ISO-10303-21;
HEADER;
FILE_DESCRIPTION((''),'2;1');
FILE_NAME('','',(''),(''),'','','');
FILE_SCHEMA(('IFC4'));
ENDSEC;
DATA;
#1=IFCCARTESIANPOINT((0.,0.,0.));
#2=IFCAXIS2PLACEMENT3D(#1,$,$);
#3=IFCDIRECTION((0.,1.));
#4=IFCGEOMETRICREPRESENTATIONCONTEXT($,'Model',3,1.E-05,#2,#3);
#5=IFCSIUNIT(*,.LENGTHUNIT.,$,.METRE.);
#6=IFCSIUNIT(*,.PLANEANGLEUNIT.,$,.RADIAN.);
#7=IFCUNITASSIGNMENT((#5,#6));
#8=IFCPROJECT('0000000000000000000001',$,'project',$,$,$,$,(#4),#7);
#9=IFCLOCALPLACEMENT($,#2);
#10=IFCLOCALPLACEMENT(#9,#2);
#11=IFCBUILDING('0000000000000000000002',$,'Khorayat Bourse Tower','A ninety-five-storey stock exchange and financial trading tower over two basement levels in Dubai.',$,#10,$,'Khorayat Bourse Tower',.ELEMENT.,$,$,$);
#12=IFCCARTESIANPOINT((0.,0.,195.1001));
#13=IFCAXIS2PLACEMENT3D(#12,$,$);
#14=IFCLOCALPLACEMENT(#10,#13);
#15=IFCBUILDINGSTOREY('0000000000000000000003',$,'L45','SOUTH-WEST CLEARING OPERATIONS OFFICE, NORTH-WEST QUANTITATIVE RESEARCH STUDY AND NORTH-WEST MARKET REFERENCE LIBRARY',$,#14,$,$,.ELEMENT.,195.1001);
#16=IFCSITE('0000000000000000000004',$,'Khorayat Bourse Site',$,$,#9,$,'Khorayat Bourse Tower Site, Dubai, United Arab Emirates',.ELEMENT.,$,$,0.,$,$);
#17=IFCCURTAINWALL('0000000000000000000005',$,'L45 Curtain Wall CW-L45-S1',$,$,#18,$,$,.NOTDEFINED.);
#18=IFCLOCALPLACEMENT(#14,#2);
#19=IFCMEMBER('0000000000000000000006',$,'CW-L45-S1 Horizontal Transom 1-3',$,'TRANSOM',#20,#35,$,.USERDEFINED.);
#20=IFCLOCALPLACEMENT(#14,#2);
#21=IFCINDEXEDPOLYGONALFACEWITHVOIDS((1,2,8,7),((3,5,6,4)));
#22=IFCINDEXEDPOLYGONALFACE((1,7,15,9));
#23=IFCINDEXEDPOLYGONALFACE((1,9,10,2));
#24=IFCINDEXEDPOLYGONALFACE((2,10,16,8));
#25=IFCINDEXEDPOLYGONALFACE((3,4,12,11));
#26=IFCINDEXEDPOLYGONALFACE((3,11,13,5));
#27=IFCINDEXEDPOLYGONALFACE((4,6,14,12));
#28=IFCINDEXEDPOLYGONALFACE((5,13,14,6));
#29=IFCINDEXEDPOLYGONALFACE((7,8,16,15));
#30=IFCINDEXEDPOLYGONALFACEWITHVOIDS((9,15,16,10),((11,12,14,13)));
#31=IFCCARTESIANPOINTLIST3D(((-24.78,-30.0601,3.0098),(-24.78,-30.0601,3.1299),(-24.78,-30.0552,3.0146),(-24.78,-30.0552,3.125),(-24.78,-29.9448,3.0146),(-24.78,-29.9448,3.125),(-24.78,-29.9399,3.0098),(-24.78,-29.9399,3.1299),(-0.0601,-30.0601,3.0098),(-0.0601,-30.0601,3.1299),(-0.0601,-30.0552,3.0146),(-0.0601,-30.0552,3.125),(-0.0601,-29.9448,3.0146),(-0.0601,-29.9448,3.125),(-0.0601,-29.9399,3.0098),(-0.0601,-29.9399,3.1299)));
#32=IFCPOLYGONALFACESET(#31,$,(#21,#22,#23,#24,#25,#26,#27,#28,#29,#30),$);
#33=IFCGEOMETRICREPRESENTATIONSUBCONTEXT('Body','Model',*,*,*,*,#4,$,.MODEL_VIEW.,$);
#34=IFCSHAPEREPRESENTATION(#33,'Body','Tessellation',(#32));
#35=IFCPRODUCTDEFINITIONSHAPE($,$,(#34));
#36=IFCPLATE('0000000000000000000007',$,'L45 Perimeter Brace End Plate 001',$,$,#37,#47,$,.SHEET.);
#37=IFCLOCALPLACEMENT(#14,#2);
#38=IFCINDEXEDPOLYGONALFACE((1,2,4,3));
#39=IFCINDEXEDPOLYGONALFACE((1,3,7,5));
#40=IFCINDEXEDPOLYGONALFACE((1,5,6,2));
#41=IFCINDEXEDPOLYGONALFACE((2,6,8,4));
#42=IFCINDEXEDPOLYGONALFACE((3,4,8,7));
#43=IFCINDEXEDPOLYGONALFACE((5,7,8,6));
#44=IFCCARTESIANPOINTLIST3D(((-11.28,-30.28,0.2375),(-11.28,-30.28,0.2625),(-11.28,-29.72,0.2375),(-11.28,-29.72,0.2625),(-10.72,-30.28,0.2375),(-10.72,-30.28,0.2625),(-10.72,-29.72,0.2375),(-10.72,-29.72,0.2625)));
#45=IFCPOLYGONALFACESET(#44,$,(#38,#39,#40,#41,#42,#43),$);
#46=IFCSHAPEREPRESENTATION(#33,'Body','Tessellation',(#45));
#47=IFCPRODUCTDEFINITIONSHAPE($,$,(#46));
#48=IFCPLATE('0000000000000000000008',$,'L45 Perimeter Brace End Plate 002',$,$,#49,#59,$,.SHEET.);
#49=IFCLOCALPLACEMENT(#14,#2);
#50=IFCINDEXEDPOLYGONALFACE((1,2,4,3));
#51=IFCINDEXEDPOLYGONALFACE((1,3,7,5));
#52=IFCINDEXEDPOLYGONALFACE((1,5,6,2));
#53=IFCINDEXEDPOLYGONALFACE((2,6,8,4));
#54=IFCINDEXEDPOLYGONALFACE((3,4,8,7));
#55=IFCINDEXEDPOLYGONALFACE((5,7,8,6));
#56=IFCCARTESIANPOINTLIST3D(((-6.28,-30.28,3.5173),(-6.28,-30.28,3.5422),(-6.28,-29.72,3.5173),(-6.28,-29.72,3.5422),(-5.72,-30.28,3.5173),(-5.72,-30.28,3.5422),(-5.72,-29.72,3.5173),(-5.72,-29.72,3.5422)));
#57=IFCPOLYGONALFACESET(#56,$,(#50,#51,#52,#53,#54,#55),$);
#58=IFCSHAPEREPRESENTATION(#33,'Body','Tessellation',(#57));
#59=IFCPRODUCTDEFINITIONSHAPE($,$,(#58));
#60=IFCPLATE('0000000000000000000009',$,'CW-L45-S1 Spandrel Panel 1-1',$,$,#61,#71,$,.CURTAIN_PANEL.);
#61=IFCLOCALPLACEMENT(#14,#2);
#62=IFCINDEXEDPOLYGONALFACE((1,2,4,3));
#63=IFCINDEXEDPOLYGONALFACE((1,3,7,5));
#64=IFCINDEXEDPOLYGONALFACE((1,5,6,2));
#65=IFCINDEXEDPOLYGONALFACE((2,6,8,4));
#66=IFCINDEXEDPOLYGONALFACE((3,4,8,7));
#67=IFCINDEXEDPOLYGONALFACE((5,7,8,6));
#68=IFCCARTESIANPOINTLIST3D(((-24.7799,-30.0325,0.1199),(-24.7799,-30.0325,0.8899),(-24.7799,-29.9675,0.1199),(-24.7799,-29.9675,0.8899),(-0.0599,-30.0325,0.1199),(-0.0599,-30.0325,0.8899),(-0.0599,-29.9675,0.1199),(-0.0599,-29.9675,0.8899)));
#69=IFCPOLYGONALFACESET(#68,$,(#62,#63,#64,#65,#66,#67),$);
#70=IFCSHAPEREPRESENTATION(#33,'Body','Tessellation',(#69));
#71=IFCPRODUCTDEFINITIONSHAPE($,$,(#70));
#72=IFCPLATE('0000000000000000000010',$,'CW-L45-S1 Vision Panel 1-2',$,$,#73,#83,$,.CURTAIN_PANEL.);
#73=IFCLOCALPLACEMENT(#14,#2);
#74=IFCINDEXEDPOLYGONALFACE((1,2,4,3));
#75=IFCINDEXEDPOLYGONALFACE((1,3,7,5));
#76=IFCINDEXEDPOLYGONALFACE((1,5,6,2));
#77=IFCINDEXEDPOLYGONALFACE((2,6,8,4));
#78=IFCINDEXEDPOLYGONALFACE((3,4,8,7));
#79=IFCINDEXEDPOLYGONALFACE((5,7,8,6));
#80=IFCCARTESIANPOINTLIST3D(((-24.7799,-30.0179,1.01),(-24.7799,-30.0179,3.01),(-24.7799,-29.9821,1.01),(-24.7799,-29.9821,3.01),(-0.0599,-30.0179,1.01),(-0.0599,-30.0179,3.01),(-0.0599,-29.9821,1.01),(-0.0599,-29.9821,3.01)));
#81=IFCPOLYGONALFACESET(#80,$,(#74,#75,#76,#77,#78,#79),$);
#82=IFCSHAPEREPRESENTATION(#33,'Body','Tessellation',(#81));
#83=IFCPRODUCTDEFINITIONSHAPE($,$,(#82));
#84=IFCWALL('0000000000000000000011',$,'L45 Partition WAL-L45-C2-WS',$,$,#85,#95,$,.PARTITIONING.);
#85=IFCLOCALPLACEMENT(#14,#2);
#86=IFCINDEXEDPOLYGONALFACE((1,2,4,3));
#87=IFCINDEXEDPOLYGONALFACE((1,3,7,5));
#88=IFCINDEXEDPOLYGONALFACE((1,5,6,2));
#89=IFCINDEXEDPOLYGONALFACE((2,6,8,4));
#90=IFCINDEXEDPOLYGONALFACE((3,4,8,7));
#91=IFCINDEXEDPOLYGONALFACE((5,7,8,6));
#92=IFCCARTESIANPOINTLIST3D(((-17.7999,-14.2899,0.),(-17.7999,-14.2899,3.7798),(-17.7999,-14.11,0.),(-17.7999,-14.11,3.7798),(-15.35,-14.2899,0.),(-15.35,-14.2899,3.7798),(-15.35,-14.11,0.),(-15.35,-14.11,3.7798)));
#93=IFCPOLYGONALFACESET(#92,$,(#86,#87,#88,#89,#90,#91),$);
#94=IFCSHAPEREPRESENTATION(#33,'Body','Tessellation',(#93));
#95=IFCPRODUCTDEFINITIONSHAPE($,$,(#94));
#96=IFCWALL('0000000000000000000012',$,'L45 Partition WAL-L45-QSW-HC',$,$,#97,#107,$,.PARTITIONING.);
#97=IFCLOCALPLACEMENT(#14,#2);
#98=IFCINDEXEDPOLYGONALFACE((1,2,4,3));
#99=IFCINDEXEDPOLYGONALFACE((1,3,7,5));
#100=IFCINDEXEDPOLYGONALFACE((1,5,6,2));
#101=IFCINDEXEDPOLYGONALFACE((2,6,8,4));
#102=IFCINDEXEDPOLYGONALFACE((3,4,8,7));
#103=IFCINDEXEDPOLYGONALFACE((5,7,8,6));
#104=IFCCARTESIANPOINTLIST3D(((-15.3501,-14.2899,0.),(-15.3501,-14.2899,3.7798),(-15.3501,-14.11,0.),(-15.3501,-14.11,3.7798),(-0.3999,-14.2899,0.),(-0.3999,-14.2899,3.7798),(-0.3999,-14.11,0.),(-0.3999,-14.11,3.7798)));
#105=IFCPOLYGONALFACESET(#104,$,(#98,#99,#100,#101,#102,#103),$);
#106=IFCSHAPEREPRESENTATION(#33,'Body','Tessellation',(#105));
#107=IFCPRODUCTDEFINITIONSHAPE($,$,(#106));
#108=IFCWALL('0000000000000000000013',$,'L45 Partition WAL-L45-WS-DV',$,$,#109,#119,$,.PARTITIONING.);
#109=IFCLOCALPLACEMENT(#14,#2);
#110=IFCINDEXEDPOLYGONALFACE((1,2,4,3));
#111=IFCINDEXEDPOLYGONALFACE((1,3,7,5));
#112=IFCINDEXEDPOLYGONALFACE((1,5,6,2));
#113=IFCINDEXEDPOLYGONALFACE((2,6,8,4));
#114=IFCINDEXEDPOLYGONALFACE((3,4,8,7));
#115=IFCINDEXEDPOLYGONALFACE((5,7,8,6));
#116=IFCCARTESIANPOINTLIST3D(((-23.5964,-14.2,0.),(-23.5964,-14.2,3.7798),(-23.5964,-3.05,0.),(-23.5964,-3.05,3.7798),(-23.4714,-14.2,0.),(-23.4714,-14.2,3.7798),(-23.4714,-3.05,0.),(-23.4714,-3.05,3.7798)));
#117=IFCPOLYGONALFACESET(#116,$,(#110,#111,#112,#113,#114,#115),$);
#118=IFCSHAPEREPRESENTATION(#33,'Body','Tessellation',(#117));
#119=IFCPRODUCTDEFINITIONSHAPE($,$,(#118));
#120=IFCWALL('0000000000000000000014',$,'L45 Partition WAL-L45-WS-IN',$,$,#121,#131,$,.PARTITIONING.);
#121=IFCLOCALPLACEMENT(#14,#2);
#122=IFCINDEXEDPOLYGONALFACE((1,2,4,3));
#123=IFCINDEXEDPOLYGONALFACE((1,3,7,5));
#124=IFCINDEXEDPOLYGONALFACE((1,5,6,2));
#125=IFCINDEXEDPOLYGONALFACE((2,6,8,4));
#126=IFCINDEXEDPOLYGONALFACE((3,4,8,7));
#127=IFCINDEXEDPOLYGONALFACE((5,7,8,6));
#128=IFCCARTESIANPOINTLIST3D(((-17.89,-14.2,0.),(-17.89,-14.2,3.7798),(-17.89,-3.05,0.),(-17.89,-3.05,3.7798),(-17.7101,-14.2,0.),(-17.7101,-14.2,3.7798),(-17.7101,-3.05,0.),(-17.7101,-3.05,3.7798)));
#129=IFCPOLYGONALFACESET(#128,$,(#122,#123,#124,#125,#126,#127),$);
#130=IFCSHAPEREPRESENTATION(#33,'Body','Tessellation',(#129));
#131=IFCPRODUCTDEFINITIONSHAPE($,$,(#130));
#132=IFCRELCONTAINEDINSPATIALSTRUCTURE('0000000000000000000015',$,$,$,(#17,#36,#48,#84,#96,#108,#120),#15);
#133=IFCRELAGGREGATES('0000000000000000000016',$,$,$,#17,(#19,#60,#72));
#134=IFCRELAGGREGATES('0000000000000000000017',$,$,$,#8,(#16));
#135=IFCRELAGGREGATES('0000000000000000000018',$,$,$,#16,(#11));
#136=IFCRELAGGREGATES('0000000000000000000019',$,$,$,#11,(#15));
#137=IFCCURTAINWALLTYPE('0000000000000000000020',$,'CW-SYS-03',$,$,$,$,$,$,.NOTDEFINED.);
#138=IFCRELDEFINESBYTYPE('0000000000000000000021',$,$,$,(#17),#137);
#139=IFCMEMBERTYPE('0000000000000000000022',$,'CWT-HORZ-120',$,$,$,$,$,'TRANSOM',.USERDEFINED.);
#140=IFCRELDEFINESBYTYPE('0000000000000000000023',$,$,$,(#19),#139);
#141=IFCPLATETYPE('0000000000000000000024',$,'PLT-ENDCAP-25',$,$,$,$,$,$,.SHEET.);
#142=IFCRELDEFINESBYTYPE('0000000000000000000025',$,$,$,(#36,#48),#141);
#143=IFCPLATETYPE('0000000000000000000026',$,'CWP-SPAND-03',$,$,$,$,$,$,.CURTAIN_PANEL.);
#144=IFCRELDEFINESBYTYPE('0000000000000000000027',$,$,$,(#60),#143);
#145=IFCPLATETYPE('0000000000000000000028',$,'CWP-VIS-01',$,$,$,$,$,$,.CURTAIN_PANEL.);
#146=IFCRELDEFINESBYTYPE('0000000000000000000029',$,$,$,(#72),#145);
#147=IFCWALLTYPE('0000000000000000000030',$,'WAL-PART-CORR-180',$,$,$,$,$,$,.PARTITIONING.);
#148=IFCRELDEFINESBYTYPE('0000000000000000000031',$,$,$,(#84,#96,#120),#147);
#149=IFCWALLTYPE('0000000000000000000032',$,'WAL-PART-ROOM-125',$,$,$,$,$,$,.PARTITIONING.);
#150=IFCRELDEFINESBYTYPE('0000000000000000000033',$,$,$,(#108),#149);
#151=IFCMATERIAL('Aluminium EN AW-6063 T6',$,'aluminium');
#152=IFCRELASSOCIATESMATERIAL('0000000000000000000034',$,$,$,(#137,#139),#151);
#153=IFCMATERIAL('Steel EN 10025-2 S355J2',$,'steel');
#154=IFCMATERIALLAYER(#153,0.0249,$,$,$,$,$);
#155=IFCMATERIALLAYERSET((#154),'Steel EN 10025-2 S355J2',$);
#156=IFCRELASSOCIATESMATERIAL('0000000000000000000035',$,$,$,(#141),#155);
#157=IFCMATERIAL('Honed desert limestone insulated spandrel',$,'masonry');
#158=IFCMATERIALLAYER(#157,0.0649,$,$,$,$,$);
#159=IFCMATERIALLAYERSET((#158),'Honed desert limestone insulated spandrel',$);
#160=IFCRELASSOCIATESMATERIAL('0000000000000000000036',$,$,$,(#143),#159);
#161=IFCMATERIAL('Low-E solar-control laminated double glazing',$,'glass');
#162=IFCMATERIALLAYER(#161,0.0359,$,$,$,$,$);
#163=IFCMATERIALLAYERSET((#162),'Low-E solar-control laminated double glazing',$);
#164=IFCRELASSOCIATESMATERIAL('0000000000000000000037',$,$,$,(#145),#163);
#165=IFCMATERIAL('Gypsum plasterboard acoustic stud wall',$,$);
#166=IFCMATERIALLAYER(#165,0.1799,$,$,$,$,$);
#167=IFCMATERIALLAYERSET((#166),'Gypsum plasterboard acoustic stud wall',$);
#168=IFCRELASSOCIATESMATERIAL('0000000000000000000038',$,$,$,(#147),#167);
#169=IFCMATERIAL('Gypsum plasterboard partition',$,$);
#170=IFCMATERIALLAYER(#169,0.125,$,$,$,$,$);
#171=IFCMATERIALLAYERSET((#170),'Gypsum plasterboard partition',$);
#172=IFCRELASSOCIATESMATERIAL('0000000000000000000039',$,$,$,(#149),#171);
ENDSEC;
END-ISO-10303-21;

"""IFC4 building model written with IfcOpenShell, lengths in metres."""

from ifc_helpers import new_model, si_unit, direction, frame, frame_2d, origin, origin_2d, place, context, subcontext, project, spatial, rectangle, hollow_rectangle, extrude, source, transform, mapped, material, layer, layer_set, material_profile, profile_set, type_object, element, aggregate, save


model = new_model("IFC4")

# Units and contexts
model_context = context("Model", 3, precision=1e-05, world=origin(), true_north=direction((0.0, 1.0)))
body_context = subcontext(model_context, "Body", "Model", "MODEL_VIEW")
ifc_project = project(units=[si_unit("LENGTHUNIT", "METRE"), si_unit("PLANEANGLEUNIT", "RADIAN")], contexts=[model_context])

# Site, building, storey
site_placement = place(None, origin())
site = spatial("IfcSite", under=ifc_project, at=site_placement, Name="Khorayat Bourse Site", LongName="Khorayat Bourse Tower Site, Dubai, United Arab Emirates", CompositionType="ELEMENT", RefElevation=0.0)
building_placement = place(site_placement, origin())
building = spatial("IfcBuilding", under=site, at=building_placement, Name="Khorayat Bourse Tower", Description="A ninety-five-storey stock exchange and financial trading tower over two basement levels in Dubai.", LongName="Khorayat Bourse Tower", CompositionType="ELEMENT")
storey_placement = place(building_placement, frame((0.0, 0.0, 195.1001)))
storey = spatial("IfcBuildingStorey", under=building, at=storey_placement, Name="L45", Description="SOUTH-WEST CLEARING OPERATIONS OFFICE, NORTH-WEST QUANTITATIVE RESEARCH STUDY AND NORTH-WEST MARKET REFERENCE LIBRARY", CompositionType="ELEMENT", Elevation=195.1001)

# Curtain wall, member
ifc_material_1 = material(Name="Aluminium EN AW-6063 T6", Category="aluminium")
curtain_wall_type = type_object("IfcCurtainWallType", Name="CW-SYS-03", PredefinedType="NOTDEFINED", material=ifc_material_1)
curtain_wall_placement = place(storey_placement, origin())
curtain_wall = element("IfcCurtainWall", 1, at=curtain_wall_placement, inside=storey, type_object=curtain_wall_type, Name="L45 Curtain Wall CW-L45-S1", PredefinedType="NOTDEFINED")
ifc_material_profile_1 = material_profile(ifc_material_1, hollow_rectangle(XDim=0.1201, YDim=0.1201, WallThickness=0.0049, at=origin_2d()), Name="ALU 120x120x5")
ifc_profile_set_1 = profile_set([ifc_material_profile_1], Name="Aluminium EN AW-6063 T6")
member_type_1 = type_object("IfcMemberType", Name="CWT-HORZ-120", ElementType="TRANSOM", PredefinedType="USERDEFINED", material=ifc_profile_set_1)
shared_shape_1 = source(origin(), body_context, "Body", "SweptSolid", [
    extrude(hollow_rectangle(XDim=0.1201, YDim=0.1201, WallThickness=0.0049, at=origin_2d()), origin(), (0.0, 0.0, 1.0), 24.72),
])
member_1_placement = place(storey_placement, frame((-24.78, -30.0, 3.0698), z_axis=(1.0, 0.0, 0.0), x_axis=(0.0, 1.0, 0.0)))
member_1 = element("IfcMember", 2, at=member_1_placement, type_object=member_type_1, Name="CW-L45-S1 Horizontal Transom 1-3", ObjectType="TRANSOM", PredefinedType="USERDEFINED", context=body_context, shape_type="MappedRepresentation", body=[
    mapped(shared_shape_1, transform((0.0, 0.0, 0.0), scale=1.0)),
])

# Plates
ifc_material_2 = material(Name="Steel EN 10025-2 S355J2", Category="steel")
ifc_layer_1 = layer(ifc_material_2, 0.0249)
ifc_layer_set_1 = layer_set([ifc_layer_1], Name="Steel EN 10025-2 S355J2")
plate_type_1 = type_object("IfcPlateType", Name="PLT-ENDCAP-25", PredefinedType="SHEET", material=ifc_layer_set_1)
shared_shape_2 = source(origin(), body_context, "Body", "SweptSolid", [
    extrude(rectangle(XDim=0.5601, YDim=0.5601, at=origin_2d()), origin(), (0.0, 0.0, 1.0), 0.0249),
])
for number, where, z_axis, x_axis, name in (
    (3, (-11.0, -30.0, 0.2375), (0.0, 0.0, 1.0), (1.0, 0.0, 0.0), "L45 Perimeter Brace End Plate 001"),
    (4, (-6.0, -30.0, 3.5173), (0.0, 0.0, 1.0), (1.0, 0.0, 0.0), "L45 Perimeter Brace End Plate 002"),
):
    element("IfcPlate", number, at=place(storey_placement, frame(where, z_axis=z_axis, x_axis=x_axis)), inside=storey, type_object=plate_type_1, Name=name, PredefinedType="SHEET", context=body_context, shape_type="MappedRepresentation", body=[
        mapped(shared_shape_2, transform((0.0, 0.0, 0.0), scale=1.0)),
    ])

# Plates
ifc_material_3 = material(Name="Honed desert limestone insulated spandrel", Category="masonry")
ifc_layer_2 = layer(ifc_material_3, 0.0649)
ifc_layer_set_2 = layer_set([ifc_layer_2], Name="Honed desert limestone insulated spandrel")
plate_type_2 = type_object("IfcPlateType", Name="CWP-SPAND-03", PredefinedType="CURTAIN_PANEL", material=ifc_layer_set_2)
shared_shape_3 = source(origin(), body_context, "Body", "SweptSolid", [
    extrude(rectangle(XDim=24.72, YDim=0.0649, at=origin_2d()), origin(), (0.0, 0.0, 1.0), 0.77),
])
plate_1_placement = place(storey_placement, frame((-12.4199, -30.0, 0.1199), z_axis=(0.0, 0.0, 1.0), x_axis=(1.0, 0.0, 0.0)))
plate_1 = element("IfcPlate", 5, at=plate_1_placement, type_object=plate_type_2, Name="CW-L45-S1 Spandrel Panel 1-1", PredefinedType="CURTAIN_PANEL", context=body_context, shape_type="MappedRepresentation", body=[
    mapped(shared_shape_3, transform((0.0, 0.0, 0.0), scale=1.0)),
])
ifc_material_4 = material(Name="Low-E solar-control laminated double glazing", Category="glass")
ifc_layer_3 = layer(ifc_material_4, 0.0359)
ifc_layer_set_3 = layer_set([ifc_layer_3], Name="Low-E solar-control laminated double glazing")
plate_type_3 = type_object("IfcPlateType", Name="CWP-VIS-01", PredefinedType="CURTAIN_PANEL", material=ifc_layer_set_3)
shared_shape_4 = source(origin(), body_context, "Body", "SweptSolid", [
    extrude(rectangle(XDim=24.72, YDim=0.0359, at=origin_2d()), origin(), (0.0, 0.0, 1.0), 2.0),
])
plate_2_placement = place(storey_placement, frame((-12.4199, -30.0, 1.01), z_axis=(0.0, 0.0, 1.0), x_axis=(1.0, 0.0, 0.0)))
plate_2 = element("IfcPlate", 6, at=plate_2_placement, type_object=plate_type_3, Name="CW-L45-S1 Vision Panel 1-2", PredefinedType="CURTAIN_PANEL", context=body_context, shape_type="MappedRepresentation", body=[
    mapped(shared_shape_4, transform((0.0, 0.0, 0.0), scale=1.0)),
])
aggregate(curtain_wall, [member_1, plate_1, plate_2])

# Walls
ifc_material_5 = material(Name="Gypsum plasterboard acoustic stud wall")
ifc_layer_4 = layer(ifc_material_5, 0.1799)
ifc_layer_set_4 = layer_set([ifc_layer_4], Name="Gypsum plasterboard acoustic stud wall")
wall_type_1 = type_object("IfcWallType", Name="WAL-PART-CORR-180", PredefinedType="PARTITIONING", material=ifc_layer_set_4)
shared_shape_5 = source(origin(), body_context, "Body", "SweptSolid", [
    extrude(rectangle(XDim=2.45, YDim=0.1799, at=frame_2d((1.2251, 0.0))), origin(), (0.0, 0.0, 1.0), 3.7798),
])
wall_1_placement = place(storey_placement, frame((-17.8, -14.2, 0.0), z_axis=(0.0, 0.0, 1.0), x_axis=(1.0, 0.0, 0.0)))
element("IfcWall", 7, at=wall_1_placement, inside=storey, type_object=wall_type_1, Name="L45 Partition WAL-L45-C2-WS", PredefinedType="PARTITIONING", context=body_context, shape_type="MappedRepresentation", body=[
    mapped(shared_shape_5, transform((0.0, 0.0, 0.0), scale=1.0)),
])
shared_shape_6 = source(origin(), body_context, "Body", "SweptSolid", [
    extrude(rectangle(XDim=14.9502, YDim=0.1799, at=frame_2d((7.4751, 0.0))), origin(), (0.0, 0.0, 1.0), 3.7798),
])
wall_2_placement = place(storey_placement, frame((-15.3501, -14.2, 0.0), z_axis=(0.0, 0.0, 1.0), x_axis=(1.0, 0.0, 0.0)))
element("IfcWall", 8, at=wall_2_placement, inside=storey, type_object=wall_type_1, Name="L45 Partition WAL-L45-QSW-HC", PredefinedType="PARTITIONING", context=body_context, shape_type="MappedRepresentation", body=[
    mapped(shared_shape_6, transform((0.0, 0.0, 0.0), scale=1.0)),
])
ifc_material_6 = material(Name="Gypsum plasterboard partition")
ifc_layer_5 = layer(ifc_material_6, 0.125)
ifc_layer_set_5 = layer_set([ifc_layer_5], Name="Gypsum plasterboard partition")
wall_type_2 = type_object("IfcWallType", Name="WAL-PART-ROOM-125", PredefinedType="PARTITIONING", material=ifc_layer_set_5)
shared_shape_7 = source(origin(), body_context, "Body", "SweptSolid", [
    extrude(rectangle(XDim=11.1499, YDim=0.125, at=frame_2d((5.575, 0.0))), origin(), (0.0, 0.0, 1.0), 3.7798),
])
wall_3_placement = place(storey_placement, frame((-23.5339, -14.2, 0.0), z_axis=(0.0, 0.0, 1.0), x_axis=(0.0, 1.0, 0.0)))
element("IfcWall", 9, at=wall_3_placement, inside=storey, type_object=wall_type_2, Name="L45 Partition WAL-L45-WS-DV", PredefinedType="PARTITIONING", context=body_context, shape_type="MappedRepresentation", body=[
    mapped(shared_shape_7, transform((0.0, 0.0, 0.0), scale=1.0)),
])
shared_shape_8 = source(origin(), body_context, "Body", "SweptSolid", [
    extrude(rectangle(XDim=11.1499, YDim=0.1799, at=frame_2d((5.575, 0.0))), origin(), (0.0, 0.0, 1.0), 3.7798),
])
wall_4_placement = place(storey_placement, frame((-17.8, -14.2, 0.0), z_axis=(0.0, 0.0, 1.0), x_axis=(0.0, 1.0, 0.0)))
element("IfcWall", 10, at=wall_4_placement, inside=storey, type_object=wall_type_1, Name="L45 Partition WAL-L45-WS-IN", PredefinedType="PARTITIONING", context=body_context, shape_type="MappedRepresentation", body=[
    mapped(shared_shape_8, transform((0.0, 0.0, 0.0), scale=1.0)),
])

save(model, "model.ifc")
